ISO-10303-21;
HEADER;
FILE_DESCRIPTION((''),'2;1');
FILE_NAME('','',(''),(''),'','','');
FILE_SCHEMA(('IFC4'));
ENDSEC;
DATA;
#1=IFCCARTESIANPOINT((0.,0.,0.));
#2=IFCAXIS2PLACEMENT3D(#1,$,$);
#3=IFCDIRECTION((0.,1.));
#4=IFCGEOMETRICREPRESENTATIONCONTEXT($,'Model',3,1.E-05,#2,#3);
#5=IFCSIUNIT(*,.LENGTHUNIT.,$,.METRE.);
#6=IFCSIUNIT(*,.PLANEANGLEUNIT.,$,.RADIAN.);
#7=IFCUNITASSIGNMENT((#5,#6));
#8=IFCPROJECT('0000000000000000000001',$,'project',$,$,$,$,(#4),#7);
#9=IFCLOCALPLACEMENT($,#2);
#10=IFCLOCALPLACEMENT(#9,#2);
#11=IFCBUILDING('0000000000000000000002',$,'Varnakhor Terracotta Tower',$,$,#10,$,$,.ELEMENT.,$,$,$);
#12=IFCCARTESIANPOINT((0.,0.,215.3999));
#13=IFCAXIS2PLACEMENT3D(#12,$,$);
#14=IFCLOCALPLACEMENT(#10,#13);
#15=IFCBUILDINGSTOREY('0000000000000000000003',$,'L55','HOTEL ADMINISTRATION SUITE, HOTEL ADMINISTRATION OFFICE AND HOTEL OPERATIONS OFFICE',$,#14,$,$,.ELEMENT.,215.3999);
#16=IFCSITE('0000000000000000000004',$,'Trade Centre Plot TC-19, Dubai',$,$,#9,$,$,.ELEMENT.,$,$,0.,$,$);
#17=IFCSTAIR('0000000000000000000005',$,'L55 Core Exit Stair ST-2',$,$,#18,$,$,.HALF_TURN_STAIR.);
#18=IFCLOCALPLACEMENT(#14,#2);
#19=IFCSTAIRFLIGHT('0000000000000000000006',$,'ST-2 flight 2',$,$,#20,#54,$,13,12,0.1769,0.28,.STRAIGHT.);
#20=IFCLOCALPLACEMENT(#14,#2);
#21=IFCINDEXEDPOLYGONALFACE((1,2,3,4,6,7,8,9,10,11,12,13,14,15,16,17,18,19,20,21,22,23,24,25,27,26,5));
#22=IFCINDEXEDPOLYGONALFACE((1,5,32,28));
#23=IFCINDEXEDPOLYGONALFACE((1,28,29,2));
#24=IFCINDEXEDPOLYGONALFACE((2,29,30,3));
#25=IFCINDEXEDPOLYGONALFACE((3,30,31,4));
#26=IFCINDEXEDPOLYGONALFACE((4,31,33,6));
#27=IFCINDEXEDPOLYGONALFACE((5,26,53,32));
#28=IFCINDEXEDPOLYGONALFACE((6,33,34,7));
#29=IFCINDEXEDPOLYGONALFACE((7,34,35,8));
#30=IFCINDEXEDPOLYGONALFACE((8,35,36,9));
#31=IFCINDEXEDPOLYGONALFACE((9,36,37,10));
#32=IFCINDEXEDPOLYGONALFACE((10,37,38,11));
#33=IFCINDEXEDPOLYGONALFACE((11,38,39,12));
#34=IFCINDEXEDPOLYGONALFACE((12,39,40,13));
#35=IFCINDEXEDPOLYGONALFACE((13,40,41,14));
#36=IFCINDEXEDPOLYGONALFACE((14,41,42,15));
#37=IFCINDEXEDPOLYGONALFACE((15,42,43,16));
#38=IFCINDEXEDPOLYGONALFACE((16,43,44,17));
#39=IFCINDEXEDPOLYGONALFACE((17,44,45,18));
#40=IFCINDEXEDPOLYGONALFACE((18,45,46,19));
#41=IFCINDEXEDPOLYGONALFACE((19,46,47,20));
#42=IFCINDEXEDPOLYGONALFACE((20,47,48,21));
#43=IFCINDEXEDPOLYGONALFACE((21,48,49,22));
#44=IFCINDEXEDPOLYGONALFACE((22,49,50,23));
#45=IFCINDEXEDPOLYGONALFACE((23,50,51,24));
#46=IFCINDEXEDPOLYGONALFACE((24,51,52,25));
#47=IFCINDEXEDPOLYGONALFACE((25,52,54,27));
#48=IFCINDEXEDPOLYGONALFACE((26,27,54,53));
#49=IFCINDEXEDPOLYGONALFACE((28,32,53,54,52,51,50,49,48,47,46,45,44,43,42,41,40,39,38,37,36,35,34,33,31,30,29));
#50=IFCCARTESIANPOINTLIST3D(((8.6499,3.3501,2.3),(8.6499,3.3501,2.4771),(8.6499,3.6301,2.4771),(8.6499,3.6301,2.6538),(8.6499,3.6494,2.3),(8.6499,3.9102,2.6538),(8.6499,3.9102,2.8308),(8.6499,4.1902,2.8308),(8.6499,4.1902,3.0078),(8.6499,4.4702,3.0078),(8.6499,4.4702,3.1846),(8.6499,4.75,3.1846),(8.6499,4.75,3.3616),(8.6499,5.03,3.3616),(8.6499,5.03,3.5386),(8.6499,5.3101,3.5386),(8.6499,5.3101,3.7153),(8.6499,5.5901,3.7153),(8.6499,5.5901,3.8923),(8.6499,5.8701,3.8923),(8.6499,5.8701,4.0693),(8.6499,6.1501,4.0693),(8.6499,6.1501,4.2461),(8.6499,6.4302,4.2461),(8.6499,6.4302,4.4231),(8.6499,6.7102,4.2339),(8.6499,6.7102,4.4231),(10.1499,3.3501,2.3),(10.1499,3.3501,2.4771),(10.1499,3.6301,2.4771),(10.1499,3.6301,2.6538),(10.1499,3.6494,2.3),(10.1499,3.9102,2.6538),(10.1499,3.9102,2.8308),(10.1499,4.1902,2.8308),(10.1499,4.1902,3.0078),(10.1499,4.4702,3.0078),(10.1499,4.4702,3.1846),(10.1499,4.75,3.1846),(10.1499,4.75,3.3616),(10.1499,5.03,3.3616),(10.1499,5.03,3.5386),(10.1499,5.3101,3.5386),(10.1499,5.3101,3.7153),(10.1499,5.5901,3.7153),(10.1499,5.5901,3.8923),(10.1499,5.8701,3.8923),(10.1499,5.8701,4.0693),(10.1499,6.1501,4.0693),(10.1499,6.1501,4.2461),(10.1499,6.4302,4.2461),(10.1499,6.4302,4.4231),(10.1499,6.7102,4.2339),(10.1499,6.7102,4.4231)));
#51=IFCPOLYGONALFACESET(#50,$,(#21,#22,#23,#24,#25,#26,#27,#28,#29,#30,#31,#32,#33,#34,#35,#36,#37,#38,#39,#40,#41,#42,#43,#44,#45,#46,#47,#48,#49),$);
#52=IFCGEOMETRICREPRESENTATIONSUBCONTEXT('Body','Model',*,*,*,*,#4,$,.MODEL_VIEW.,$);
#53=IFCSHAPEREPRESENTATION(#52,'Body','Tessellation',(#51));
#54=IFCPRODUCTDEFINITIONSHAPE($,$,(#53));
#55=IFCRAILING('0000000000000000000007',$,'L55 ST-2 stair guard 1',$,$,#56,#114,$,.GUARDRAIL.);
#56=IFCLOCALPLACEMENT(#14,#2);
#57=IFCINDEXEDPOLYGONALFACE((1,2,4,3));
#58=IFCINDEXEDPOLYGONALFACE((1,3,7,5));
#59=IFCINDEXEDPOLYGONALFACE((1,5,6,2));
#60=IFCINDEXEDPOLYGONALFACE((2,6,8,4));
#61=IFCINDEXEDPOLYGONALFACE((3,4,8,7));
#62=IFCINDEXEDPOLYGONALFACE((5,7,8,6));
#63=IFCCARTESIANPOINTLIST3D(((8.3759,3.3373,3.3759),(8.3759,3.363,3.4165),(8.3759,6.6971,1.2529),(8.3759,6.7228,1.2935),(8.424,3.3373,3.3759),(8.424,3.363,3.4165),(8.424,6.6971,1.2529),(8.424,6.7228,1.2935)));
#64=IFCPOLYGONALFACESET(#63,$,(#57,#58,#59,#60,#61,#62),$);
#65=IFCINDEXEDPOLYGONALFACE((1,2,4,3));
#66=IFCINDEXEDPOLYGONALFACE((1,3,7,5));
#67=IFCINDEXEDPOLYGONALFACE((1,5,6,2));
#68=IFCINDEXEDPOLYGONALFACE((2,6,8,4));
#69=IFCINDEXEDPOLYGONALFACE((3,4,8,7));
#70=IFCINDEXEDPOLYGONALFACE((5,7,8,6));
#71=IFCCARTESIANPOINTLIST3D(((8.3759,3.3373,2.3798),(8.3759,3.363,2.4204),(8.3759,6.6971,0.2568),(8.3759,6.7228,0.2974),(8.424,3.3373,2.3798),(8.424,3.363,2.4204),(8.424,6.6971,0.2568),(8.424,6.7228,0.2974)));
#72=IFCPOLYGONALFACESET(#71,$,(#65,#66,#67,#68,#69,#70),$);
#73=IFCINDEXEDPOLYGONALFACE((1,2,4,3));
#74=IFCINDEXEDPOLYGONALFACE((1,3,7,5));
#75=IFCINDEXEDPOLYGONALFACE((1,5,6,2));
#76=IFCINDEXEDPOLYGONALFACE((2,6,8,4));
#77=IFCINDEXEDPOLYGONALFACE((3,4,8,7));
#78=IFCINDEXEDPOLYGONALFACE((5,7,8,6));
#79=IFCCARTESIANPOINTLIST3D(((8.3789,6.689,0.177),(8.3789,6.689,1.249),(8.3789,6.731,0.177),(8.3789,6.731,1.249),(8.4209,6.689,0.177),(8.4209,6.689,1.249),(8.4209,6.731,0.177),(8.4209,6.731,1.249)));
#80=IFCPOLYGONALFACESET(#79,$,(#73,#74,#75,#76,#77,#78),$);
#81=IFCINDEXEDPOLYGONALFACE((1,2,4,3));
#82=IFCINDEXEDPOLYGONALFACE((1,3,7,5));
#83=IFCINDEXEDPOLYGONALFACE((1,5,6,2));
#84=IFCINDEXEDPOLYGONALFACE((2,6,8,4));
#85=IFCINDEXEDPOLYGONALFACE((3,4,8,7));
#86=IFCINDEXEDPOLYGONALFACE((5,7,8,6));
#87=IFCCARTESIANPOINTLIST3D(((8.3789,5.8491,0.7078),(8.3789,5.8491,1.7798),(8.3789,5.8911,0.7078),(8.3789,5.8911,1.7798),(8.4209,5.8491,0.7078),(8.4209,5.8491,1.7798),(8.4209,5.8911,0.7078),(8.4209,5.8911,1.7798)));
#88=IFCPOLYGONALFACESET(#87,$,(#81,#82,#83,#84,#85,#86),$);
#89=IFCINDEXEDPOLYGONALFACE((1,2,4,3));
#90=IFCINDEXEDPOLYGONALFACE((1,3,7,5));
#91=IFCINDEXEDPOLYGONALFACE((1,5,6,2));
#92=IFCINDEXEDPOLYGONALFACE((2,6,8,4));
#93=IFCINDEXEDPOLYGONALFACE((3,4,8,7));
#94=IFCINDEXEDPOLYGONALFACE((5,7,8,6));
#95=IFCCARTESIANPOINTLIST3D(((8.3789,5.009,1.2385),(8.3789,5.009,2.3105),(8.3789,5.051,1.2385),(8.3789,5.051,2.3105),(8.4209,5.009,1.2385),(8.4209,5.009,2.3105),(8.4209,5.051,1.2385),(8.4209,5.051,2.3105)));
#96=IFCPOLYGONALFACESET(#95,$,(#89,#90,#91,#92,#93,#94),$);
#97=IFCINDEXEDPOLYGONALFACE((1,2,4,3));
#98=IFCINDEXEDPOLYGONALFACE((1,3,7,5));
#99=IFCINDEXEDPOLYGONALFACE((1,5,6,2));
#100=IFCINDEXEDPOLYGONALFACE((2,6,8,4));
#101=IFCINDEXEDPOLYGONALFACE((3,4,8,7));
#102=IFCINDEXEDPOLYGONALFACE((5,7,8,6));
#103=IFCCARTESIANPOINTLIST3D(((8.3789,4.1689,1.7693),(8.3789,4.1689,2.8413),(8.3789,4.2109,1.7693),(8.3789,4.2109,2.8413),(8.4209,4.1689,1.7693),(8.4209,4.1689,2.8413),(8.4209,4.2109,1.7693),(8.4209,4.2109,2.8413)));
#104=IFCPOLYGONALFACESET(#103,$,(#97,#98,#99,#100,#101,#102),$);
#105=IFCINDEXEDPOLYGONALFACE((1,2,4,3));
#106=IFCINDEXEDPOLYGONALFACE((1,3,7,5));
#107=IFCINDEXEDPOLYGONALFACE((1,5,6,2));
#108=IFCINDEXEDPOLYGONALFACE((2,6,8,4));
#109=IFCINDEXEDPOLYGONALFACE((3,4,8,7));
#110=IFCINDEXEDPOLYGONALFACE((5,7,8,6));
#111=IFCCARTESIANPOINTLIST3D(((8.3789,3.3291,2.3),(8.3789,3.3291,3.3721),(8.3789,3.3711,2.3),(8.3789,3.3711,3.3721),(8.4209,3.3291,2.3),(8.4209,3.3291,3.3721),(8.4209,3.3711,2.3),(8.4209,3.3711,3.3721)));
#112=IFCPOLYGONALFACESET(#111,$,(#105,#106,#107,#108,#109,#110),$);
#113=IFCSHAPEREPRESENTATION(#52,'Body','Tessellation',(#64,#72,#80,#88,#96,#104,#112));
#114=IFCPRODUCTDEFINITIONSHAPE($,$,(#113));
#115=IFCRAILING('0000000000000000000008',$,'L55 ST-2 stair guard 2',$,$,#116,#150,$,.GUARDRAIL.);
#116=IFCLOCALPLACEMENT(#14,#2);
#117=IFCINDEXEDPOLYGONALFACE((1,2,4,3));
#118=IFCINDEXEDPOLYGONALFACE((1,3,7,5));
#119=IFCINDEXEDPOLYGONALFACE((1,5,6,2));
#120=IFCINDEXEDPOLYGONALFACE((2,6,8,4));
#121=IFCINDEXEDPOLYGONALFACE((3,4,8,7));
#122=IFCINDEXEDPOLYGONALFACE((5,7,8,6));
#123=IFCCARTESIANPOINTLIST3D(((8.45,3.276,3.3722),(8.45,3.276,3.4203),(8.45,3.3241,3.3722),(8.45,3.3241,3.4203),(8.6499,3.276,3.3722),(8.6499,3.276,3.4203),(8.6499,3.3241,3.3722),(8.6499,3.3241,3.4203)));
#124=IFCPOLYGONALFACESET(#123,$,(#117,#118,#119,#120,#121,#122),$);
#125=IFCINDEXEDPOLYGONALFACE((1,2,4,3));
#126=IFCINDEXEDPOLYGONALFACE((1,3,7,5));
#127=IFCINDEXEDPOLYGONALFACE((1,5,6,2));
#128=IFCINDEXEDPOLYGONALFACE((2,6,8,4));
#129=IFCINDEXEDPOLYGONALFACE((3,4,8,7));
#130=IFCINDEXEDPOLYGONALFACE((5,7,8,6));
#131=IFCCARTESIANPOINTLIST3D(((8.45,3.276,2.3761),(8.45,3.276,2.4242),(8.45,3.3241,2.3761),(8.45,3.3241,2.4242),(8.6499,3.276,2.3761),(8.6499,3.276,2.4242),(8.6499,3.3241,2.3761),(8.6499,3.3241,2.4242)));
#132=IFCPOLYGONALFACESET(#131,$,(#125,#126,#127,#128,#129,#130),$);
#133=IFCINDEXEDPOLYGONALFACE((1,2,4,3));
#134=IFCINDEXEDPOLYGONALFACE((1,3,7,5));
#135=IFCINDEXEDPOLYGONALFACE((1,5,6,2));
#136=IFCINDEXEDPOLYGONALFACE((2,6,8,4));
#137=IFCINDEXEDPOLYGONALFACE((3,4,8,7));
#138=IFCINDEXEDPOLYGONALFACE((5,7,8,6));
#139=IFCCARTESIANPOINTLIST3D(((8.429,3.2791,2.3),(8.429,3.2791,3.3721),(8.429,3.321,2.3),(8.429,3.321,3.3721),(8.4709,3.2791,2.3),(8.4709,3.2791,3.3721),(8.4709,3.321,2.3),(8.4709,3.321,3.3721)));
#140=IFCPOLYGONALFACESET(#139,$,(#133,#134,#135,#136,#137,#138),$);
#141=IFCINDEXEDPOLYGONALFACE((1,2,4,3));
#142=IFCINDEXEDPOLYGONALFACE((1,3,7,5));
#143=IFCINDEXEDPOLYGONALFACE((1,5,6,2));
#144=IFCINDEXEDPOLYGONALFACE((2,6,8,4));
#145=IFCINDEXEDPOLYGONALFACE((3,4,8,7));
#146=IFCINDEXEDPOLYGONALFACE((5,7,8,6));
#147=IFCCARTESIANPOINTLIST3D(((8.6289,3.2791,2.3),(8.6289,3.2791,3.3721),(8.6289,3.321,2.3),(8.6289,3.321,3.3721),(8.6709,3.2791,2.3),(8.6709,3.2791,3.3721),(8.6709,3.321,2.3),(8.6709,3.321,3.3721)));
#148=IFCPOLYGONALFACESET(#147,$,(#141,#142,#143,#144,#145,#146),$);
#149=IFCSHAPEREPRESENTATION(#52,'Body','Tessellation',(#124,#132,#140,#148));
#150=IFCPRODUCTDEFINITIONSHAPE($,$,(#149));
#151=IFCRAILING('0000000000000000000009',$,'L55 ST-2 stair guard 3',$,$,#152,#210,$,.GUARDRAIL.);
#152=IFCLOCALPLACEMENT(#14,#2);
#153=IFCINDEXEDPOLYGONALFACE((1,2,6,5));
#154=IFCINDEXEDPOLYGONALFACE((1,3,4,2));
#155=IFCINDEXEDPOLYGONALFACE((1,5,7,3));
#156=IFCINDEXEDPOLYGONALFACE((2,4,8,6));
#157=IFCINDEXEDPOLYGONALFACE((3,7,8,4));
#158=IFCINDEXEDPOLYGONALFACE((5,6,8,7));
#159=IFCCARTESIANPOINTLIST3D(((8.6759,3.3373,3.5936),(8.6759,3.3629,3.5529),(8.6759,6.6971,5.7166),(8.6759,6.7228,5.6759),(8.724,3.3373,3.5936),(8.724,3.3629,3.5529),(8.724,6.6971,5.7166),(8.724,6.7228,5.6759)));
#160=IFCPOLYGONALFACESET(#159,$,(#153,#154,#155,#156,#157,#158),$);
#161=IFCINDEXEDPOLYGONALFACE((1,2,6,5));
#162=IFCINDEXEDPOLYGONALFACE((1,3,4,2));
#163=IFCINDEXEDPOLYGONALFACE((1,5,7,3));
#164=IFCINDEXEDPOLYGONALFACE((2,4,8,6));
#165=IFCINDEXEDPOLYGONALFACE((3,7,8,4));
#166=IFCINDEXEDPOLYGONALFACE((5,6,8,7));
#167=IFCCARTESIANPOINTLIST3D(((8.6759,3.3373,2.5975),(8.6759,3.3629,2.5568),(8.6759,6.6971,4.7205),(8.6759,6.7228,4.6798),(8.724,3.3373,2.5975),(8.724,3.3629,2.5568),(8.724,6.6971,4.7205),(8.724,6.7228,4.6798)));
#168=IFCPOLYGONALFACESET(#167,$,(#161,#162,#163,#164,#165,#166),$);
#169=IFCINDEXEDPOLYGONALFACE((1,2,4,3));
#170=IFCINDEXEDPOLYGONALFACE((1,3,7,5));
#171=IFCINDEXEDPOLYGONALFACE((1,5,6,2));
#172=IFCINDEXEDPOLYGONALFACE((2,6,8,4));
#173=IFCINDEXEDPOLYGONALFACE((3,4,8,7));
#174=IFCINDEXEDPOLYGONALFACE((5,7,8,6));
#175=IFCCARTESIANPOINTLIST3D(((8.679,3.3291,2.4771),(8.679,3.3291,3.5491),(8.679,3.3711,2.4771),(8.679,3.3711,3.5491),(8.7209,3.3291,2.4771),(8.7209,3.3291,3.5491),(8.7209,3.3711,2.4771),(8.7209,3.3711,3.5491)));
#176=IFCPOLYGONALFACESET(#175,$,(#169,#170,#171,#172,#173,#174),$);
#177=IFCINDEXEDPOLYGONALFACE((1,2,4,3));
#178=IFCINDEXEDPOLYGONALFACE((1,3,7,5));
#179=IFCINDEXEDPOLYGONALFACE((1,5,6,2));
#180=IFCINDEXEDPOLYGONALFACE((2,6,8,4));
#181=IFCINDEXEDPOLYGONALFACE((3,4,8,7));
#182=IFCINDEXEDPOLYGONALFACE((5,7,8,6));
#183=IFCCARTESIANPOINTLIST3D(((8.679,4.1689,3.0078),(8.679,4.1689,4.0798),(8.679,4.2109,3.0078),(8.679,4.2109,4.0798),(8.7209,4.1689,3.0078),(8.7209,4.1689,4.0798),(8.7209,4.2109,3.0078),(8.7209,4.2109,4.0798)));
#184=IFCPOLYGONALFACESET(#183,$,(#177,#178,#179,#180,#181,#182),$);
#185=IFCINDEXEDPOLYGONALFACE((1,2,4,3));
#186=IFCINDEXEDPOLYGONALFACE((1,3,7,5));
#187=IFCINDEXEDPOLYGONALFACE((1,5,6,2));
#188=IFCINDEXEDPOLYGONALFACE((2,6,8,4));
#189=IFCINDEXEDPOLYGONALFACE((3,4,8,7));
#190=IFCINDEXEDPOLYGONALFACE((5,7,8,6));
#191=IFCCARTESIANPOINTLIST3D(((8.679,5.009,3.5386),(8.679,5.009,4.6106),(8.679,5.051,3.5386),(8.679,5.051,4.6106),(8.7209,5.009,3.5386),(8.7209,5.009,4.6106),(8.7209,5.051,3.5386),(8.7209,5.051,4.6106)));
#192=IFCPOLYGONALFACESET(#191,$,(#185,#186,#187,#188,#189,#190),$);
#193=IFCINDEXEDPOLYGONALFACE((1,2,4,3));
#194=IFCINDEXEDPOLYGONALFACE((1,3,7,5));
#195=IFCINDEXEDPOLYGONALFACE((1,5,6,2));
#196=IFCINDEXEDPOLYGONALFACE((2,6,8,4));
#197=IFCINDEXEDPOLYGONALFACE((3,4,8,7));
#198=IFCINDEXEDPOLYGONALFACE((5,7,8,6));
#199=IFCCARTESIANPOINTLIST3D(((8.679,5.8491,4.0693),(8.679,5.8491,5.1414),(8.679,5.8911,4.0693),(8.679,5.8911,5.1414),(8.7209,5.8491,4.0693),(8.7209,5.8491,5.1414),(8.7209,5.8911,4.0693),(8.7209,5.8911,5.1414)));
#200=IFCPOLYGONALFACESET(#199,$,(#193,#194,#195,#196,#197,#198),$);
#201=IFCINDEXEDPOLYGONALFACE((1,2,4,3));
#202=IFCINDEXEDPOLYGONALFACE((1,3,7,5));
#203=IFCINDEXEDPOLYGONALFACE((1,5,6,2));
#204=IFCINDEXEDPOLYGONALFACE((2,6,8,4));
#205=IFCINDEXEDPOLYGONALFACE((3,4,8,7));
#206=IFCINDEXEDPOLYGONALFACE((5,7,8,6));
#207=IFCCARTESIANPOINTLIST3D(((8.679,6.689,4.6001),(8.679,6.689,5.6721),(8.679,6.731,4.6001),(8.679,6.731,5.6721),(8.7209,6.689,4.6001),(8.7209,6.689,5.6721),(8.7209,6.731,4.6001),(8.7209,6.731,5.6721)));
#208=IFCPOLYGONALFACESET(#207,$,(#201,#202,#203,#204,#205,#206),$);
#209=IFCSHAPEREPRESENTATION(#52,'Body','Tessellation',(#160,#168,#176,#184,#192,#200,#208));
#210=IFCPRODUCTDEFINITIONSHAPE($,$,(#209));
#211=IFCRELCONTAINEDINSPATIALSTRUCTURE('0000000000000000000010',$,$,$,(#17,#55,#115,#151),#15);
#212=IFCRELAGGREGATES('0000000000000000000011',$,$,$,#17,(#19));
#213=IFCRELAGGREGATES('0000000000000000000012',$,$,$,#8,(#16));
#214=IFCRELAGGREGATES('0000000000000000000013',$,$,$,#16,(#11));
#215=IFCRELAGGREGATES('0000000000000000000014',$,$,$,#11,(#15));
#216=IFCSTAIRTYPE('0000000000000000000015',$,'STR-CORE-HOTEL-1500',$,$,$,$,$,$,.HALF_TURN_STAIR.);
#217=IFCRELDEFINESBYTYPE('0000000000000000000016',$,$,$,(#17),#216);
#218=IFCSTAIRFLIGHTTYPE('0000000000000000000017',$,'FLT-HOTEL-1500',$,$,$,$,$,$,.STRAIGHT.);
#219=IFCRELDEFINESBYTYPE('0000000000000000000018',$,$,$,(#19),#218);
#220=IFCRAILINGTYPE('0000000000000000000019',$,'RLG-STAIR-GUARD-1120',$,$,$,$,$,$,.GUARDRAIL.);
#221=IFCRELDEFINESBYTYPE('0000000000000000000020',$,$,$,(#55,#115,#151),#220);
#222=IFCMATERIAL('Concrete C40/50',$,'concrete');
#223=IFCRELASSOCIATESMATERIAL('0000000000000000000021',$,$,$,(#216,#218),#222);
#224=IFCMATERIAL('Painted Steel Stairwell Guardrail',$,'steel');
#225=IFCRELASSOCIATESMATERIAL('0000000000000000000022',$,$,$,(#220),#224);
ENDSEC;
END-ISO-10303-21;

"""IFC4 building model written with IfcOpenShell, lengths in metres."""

from ifc_helpers import new_model, si_unit, direction, frame, origin, origin_2d, place, context, subcontext, project, spatial, polyline, rectangle, outline, extrude, material, type_object, element, aggregate, save


model = new_model("IFC4")

# Units and contexts
model_context = context("Model", 3, precision=1e-05, world=origin(), true_north=direction((0.0, 1.0)))
body_context = subcontext(model_context, "Body", "Model", "MODEL_VIEW")
ifc_project = project(units=[si_unit("LENGTHUNIT", "METRE"), si_unit("PLANEANGLEUNIT", "RADIAN")], contexts=[model_context])

# Site, building, storey
site_placement = place(None, origin())
site = spatial("IfcSite", under=ifc_project, at=site_placement, Name="Trade Centre Plot TC-19, Dubai", CompositionType="ELEMENT", RefElevation=0.0)
building_placement = place(site_placement, origin())
building = spatial("IfcBuilding", under=site, at=building_placement, Name="Varnakhor Terracotta Tower", CompositionType="ELEMENT")
storey_placement = place(building_placement, frame((0.0, 0.0, 215.3999)))
storey = spatial("IfcBuildingStorey", under=building, at=storey_placement, Name="L55", Description="HOTEL ADMINISTRATION SUITE, HOTEL ADMINISTRATION OFFICE AND HOTEL OPERATIONS OFFICE", CompositionType="ELEMENT", Elevation=215.3999)

# Stair
ifc_material_1 = material(Name="Concrete C40/50", Category="concrete")
stair_type = type_object("IfcStairType", Name="STR-CORE-HOTEL-1500", PredefinedType="HALF_TURN_STAIR", material=ifc_material_1)
stair_1_placement = place(storey_placement, origin())
stair_1 = element("IfcStair", 1, at=stair_1_placement, inside=storey, type_object=stair_type, Name="L55 Core Exit Stair ST-2", PredefinedType="HALF_TURN_STAIR")

# Stair flight
stair_flight_type = type_object("IfcStairFlightType", Name="FLT-HOTEL-1500", PredefinedType="STRAIGHT", material=ifc_material_1)
stair_flight_1_placement = place(storey_placement, frame((9.3999, 3.3501, 2.3), z_axis=(0.0, 0.0, 1.0), x_axis=(0.0, 1.0, 0.0)))
stair_flight_1 = element("IfcStairFlight", 2, at=stair_flight_1_placement, type_object=stair_flight_type, Name="ST-2 flight 2", NumberOfRisers=13, NumberOfTreads=12, PredefinedType="STRAIGHT", RiserHeight=0.1769, TreadLength=0.28, context=body_context, shape_type="SweptSolid", body=[
    extrude(outline(polyline([(0.0, 0.0), (0.0, 0.177), (0.28, 0.177), (0.28, 0.3538), (0.5601, 0.3538), (0.5601, 0.5308), (0.8401, 0.5308), (0.8401, 0.7078), (1.1201, 0.7078), (1.1201, 0.8845), (1.3999, 0.8845), (1.3999, 1.0615), (1.6799, 1.0615), (1.6799, 1.2385), (1.96, 1.2385), (1.96, 1.4153), (2.24, 1.4153), (2.24, 1.5923), (2.52, 1.5923), (2.52, 1.7693), (2.8, 1.7693), (2.8, 1.946), (3.0801, 1.946), (3.0801, 2.123), (3.3601, 2.123), (3.3601, 2.3), (3.3601, 1.9338), (0.2993, 0.0), (0.0, 0.0)])), frame((0.0, 0.75, 0.0), z_axis=(0.0, -1.0, 0.0), x_axis=(1.0, 0.0, 0.0)), (0.0, 0.0, 1.0), 1.5),
])
aggregate(stair_1, [stair_flight_1])

# Railings
ifc_material_2 = material(Name="Painted Steel Stairwell Guardrail", Category="steel")
railing_type_1 = type_object("IfcRailingType", Name="RLG-STAIR-GUARD-1120", PredefinedType="GUARDRAIL", material=ifc_material_2)
railing_1_placement = place(storey_placement, frame((8.3999, 6.71, 0.177)))
element("IfcRailing", 3, at=railing_1_placement, inside=storey, type_object=railing_type_1, Name="L55 ST-2 stair guard 1", PredefinedType="GUARDRAIL", context=body_context, shape_type="SweptSolid", body=[
    extrude(rectangle(XDim=0.0481, YDim=0.0481, at=origin_2d()), frame((0.0, 0.0, 1.0962), z_axis=(0.0, -0.845372, 0.534178), x_axis=(1.0, 0.0, 0.0)), (0.0, 0.0, 1.0), 3.9744),
    extrude(rectangle(XDim=0.0481, YDim=0.0481, at=origin_2d()), frame((0.0, 0.0, 0.1001), z_axis=(0.0, -0.845372, 0.534178), x_axis=(1.0, 0.0, 0.0)), (0.0, 0.0, 1.0), 3.9744),
    extrude(rectangle(XDim=0.042, YDim=0.042, at=origin_2d()), origin(), (0.0, 0.0, 1.0), 1.072),
    extrude(rectangle(XDim=0.042, YDim=0.042, at=origin_2d()), frame((0.0, -0.8398, 0.5308)), (0.0, 0.0, 1.0), 1.072),
    extrude(rectangle(XDim=0.042, YDim=0.042, at=origin_2d()), frame((0.0, -1.6799, 1.0615)), (0.0, 0.0, 1.0), 1.072),
    extrude(rectangle(XDim=0.042, YDim=0.042, at=origin_2d()), frame((0.0, -2.52, 1.5923)), (0.0, 0.0, 1.0), 1.072),
    extrude(rectangle(XDim=0.042, YDim=0.042, at=origin_2d()), frame((0.0, -3.3599, 2.123)), (0.0, 0.0, 1.0), 1.072),
])
railing_2_placement = place(storey_placement, frame((8.45, 3.3, 2.3)))
element("IfcRailing", 4, at=railing_2_placement, inside=storey, type_object=railing_type_1, Name="L55 ST-2 stair guard 2", PredefinedType="GUARDRAIL", context=body_context, shape_type="SweptSolid", body=[
    extrude(rectangle(XDim=0.0481, YDim=0.0481, at=origin_2d()), frame((0.0, 0.0, 1.0962), z_axis=(1.0, 0.0, 0.0), x_axis=(0.0, 1.0, 0.0)), (0.0, 0.0, 1.0), 0.2),
    extrude(rectangle(XDim=0.0481, YDim=0.0481, at=origin_2d()), frame((0.0, 0.0, 0.1001), z_axis=(1.0, 0.0, 0.0), x_axis=(0.0, 1.0, 0.0)), (0.0, 0.0, 1.0), 0.2),
    extrude(rectangle(XDim=0.042, YDim=0.042, at=origin_2d()), origin(), (0.0, 0.0, 1.0), 1.072),
    extrude(rectangle(XDim=0.042, YDim=0.042, at=origin_2d()), frame((0.2, 0.0, 0.0)), (0.0, 0.0, 1.0), 1.072),
])
railing_3_placement = place(storey_placement, frame((8.7, 3.3501, 2.4771)))
element("IfcRailing", 5, at=railing_3_placement, inside=storey, type_object=railing_type_1, Name="L55 ST-2 stair guard 3", PredefinedType="GUARDRAIL", context=body_context, shape_type="SweptSolid", body=[
    extrude(rectangle(XDim=0.0481, YDim=0.0481, at=origin_2d()), frame((0.0, 0.0, 1.0962), z_axis=(0.0, 0.845372, 0.534178), x_axis=(-1.0, 0.0, 0.0)), (0.0, 0.0, 1.0), 3.9744),
    extrude(rectangle(XDim=0.0481, YDim=0.0481, at=origin_2d()), frame((0.0, 0.0, 0.1001), z_axis=(0.0, 0.845372, 0.534178), x_axis=(-1.0, 0.0, 0.0)), (0.0, 0.0, 1.0), 3.9744),
    extrude(rectangle(XDim=0.042, YDim=0.042, at=origin_2d()), origin(), (0.0, 0.0, 1.0), 1.072),
    extrude(rectangle(XDim=0.042, YDim=0.042, at=origin_2d()), frame((0.0, 0.8398, 0.5308)), (0.0, 0.0, 1.0), 1.072),
    extrude(rectangle(XDim=0.042, YDim=0.042, at=origin_2d()), frame((0.0, 1.6799, 1.0615)), (0.0, 0.0, 1.0), 1.072),
    extrude(rectangle(XDim=0.042, YDim=0.042, at=origin_2d()), frame((0.0, 2.52, 1.5923)), (0.0, 0.0, 1.0), 1.072),
    extrude(rectangle(XDim=0.042, YDim=0.042, at=origin_2d()), frame((0.0, 3.3599, 2.123)), (0.0, 0.0, 1.0), 1.072),
])

save(model, "model.ifc")
